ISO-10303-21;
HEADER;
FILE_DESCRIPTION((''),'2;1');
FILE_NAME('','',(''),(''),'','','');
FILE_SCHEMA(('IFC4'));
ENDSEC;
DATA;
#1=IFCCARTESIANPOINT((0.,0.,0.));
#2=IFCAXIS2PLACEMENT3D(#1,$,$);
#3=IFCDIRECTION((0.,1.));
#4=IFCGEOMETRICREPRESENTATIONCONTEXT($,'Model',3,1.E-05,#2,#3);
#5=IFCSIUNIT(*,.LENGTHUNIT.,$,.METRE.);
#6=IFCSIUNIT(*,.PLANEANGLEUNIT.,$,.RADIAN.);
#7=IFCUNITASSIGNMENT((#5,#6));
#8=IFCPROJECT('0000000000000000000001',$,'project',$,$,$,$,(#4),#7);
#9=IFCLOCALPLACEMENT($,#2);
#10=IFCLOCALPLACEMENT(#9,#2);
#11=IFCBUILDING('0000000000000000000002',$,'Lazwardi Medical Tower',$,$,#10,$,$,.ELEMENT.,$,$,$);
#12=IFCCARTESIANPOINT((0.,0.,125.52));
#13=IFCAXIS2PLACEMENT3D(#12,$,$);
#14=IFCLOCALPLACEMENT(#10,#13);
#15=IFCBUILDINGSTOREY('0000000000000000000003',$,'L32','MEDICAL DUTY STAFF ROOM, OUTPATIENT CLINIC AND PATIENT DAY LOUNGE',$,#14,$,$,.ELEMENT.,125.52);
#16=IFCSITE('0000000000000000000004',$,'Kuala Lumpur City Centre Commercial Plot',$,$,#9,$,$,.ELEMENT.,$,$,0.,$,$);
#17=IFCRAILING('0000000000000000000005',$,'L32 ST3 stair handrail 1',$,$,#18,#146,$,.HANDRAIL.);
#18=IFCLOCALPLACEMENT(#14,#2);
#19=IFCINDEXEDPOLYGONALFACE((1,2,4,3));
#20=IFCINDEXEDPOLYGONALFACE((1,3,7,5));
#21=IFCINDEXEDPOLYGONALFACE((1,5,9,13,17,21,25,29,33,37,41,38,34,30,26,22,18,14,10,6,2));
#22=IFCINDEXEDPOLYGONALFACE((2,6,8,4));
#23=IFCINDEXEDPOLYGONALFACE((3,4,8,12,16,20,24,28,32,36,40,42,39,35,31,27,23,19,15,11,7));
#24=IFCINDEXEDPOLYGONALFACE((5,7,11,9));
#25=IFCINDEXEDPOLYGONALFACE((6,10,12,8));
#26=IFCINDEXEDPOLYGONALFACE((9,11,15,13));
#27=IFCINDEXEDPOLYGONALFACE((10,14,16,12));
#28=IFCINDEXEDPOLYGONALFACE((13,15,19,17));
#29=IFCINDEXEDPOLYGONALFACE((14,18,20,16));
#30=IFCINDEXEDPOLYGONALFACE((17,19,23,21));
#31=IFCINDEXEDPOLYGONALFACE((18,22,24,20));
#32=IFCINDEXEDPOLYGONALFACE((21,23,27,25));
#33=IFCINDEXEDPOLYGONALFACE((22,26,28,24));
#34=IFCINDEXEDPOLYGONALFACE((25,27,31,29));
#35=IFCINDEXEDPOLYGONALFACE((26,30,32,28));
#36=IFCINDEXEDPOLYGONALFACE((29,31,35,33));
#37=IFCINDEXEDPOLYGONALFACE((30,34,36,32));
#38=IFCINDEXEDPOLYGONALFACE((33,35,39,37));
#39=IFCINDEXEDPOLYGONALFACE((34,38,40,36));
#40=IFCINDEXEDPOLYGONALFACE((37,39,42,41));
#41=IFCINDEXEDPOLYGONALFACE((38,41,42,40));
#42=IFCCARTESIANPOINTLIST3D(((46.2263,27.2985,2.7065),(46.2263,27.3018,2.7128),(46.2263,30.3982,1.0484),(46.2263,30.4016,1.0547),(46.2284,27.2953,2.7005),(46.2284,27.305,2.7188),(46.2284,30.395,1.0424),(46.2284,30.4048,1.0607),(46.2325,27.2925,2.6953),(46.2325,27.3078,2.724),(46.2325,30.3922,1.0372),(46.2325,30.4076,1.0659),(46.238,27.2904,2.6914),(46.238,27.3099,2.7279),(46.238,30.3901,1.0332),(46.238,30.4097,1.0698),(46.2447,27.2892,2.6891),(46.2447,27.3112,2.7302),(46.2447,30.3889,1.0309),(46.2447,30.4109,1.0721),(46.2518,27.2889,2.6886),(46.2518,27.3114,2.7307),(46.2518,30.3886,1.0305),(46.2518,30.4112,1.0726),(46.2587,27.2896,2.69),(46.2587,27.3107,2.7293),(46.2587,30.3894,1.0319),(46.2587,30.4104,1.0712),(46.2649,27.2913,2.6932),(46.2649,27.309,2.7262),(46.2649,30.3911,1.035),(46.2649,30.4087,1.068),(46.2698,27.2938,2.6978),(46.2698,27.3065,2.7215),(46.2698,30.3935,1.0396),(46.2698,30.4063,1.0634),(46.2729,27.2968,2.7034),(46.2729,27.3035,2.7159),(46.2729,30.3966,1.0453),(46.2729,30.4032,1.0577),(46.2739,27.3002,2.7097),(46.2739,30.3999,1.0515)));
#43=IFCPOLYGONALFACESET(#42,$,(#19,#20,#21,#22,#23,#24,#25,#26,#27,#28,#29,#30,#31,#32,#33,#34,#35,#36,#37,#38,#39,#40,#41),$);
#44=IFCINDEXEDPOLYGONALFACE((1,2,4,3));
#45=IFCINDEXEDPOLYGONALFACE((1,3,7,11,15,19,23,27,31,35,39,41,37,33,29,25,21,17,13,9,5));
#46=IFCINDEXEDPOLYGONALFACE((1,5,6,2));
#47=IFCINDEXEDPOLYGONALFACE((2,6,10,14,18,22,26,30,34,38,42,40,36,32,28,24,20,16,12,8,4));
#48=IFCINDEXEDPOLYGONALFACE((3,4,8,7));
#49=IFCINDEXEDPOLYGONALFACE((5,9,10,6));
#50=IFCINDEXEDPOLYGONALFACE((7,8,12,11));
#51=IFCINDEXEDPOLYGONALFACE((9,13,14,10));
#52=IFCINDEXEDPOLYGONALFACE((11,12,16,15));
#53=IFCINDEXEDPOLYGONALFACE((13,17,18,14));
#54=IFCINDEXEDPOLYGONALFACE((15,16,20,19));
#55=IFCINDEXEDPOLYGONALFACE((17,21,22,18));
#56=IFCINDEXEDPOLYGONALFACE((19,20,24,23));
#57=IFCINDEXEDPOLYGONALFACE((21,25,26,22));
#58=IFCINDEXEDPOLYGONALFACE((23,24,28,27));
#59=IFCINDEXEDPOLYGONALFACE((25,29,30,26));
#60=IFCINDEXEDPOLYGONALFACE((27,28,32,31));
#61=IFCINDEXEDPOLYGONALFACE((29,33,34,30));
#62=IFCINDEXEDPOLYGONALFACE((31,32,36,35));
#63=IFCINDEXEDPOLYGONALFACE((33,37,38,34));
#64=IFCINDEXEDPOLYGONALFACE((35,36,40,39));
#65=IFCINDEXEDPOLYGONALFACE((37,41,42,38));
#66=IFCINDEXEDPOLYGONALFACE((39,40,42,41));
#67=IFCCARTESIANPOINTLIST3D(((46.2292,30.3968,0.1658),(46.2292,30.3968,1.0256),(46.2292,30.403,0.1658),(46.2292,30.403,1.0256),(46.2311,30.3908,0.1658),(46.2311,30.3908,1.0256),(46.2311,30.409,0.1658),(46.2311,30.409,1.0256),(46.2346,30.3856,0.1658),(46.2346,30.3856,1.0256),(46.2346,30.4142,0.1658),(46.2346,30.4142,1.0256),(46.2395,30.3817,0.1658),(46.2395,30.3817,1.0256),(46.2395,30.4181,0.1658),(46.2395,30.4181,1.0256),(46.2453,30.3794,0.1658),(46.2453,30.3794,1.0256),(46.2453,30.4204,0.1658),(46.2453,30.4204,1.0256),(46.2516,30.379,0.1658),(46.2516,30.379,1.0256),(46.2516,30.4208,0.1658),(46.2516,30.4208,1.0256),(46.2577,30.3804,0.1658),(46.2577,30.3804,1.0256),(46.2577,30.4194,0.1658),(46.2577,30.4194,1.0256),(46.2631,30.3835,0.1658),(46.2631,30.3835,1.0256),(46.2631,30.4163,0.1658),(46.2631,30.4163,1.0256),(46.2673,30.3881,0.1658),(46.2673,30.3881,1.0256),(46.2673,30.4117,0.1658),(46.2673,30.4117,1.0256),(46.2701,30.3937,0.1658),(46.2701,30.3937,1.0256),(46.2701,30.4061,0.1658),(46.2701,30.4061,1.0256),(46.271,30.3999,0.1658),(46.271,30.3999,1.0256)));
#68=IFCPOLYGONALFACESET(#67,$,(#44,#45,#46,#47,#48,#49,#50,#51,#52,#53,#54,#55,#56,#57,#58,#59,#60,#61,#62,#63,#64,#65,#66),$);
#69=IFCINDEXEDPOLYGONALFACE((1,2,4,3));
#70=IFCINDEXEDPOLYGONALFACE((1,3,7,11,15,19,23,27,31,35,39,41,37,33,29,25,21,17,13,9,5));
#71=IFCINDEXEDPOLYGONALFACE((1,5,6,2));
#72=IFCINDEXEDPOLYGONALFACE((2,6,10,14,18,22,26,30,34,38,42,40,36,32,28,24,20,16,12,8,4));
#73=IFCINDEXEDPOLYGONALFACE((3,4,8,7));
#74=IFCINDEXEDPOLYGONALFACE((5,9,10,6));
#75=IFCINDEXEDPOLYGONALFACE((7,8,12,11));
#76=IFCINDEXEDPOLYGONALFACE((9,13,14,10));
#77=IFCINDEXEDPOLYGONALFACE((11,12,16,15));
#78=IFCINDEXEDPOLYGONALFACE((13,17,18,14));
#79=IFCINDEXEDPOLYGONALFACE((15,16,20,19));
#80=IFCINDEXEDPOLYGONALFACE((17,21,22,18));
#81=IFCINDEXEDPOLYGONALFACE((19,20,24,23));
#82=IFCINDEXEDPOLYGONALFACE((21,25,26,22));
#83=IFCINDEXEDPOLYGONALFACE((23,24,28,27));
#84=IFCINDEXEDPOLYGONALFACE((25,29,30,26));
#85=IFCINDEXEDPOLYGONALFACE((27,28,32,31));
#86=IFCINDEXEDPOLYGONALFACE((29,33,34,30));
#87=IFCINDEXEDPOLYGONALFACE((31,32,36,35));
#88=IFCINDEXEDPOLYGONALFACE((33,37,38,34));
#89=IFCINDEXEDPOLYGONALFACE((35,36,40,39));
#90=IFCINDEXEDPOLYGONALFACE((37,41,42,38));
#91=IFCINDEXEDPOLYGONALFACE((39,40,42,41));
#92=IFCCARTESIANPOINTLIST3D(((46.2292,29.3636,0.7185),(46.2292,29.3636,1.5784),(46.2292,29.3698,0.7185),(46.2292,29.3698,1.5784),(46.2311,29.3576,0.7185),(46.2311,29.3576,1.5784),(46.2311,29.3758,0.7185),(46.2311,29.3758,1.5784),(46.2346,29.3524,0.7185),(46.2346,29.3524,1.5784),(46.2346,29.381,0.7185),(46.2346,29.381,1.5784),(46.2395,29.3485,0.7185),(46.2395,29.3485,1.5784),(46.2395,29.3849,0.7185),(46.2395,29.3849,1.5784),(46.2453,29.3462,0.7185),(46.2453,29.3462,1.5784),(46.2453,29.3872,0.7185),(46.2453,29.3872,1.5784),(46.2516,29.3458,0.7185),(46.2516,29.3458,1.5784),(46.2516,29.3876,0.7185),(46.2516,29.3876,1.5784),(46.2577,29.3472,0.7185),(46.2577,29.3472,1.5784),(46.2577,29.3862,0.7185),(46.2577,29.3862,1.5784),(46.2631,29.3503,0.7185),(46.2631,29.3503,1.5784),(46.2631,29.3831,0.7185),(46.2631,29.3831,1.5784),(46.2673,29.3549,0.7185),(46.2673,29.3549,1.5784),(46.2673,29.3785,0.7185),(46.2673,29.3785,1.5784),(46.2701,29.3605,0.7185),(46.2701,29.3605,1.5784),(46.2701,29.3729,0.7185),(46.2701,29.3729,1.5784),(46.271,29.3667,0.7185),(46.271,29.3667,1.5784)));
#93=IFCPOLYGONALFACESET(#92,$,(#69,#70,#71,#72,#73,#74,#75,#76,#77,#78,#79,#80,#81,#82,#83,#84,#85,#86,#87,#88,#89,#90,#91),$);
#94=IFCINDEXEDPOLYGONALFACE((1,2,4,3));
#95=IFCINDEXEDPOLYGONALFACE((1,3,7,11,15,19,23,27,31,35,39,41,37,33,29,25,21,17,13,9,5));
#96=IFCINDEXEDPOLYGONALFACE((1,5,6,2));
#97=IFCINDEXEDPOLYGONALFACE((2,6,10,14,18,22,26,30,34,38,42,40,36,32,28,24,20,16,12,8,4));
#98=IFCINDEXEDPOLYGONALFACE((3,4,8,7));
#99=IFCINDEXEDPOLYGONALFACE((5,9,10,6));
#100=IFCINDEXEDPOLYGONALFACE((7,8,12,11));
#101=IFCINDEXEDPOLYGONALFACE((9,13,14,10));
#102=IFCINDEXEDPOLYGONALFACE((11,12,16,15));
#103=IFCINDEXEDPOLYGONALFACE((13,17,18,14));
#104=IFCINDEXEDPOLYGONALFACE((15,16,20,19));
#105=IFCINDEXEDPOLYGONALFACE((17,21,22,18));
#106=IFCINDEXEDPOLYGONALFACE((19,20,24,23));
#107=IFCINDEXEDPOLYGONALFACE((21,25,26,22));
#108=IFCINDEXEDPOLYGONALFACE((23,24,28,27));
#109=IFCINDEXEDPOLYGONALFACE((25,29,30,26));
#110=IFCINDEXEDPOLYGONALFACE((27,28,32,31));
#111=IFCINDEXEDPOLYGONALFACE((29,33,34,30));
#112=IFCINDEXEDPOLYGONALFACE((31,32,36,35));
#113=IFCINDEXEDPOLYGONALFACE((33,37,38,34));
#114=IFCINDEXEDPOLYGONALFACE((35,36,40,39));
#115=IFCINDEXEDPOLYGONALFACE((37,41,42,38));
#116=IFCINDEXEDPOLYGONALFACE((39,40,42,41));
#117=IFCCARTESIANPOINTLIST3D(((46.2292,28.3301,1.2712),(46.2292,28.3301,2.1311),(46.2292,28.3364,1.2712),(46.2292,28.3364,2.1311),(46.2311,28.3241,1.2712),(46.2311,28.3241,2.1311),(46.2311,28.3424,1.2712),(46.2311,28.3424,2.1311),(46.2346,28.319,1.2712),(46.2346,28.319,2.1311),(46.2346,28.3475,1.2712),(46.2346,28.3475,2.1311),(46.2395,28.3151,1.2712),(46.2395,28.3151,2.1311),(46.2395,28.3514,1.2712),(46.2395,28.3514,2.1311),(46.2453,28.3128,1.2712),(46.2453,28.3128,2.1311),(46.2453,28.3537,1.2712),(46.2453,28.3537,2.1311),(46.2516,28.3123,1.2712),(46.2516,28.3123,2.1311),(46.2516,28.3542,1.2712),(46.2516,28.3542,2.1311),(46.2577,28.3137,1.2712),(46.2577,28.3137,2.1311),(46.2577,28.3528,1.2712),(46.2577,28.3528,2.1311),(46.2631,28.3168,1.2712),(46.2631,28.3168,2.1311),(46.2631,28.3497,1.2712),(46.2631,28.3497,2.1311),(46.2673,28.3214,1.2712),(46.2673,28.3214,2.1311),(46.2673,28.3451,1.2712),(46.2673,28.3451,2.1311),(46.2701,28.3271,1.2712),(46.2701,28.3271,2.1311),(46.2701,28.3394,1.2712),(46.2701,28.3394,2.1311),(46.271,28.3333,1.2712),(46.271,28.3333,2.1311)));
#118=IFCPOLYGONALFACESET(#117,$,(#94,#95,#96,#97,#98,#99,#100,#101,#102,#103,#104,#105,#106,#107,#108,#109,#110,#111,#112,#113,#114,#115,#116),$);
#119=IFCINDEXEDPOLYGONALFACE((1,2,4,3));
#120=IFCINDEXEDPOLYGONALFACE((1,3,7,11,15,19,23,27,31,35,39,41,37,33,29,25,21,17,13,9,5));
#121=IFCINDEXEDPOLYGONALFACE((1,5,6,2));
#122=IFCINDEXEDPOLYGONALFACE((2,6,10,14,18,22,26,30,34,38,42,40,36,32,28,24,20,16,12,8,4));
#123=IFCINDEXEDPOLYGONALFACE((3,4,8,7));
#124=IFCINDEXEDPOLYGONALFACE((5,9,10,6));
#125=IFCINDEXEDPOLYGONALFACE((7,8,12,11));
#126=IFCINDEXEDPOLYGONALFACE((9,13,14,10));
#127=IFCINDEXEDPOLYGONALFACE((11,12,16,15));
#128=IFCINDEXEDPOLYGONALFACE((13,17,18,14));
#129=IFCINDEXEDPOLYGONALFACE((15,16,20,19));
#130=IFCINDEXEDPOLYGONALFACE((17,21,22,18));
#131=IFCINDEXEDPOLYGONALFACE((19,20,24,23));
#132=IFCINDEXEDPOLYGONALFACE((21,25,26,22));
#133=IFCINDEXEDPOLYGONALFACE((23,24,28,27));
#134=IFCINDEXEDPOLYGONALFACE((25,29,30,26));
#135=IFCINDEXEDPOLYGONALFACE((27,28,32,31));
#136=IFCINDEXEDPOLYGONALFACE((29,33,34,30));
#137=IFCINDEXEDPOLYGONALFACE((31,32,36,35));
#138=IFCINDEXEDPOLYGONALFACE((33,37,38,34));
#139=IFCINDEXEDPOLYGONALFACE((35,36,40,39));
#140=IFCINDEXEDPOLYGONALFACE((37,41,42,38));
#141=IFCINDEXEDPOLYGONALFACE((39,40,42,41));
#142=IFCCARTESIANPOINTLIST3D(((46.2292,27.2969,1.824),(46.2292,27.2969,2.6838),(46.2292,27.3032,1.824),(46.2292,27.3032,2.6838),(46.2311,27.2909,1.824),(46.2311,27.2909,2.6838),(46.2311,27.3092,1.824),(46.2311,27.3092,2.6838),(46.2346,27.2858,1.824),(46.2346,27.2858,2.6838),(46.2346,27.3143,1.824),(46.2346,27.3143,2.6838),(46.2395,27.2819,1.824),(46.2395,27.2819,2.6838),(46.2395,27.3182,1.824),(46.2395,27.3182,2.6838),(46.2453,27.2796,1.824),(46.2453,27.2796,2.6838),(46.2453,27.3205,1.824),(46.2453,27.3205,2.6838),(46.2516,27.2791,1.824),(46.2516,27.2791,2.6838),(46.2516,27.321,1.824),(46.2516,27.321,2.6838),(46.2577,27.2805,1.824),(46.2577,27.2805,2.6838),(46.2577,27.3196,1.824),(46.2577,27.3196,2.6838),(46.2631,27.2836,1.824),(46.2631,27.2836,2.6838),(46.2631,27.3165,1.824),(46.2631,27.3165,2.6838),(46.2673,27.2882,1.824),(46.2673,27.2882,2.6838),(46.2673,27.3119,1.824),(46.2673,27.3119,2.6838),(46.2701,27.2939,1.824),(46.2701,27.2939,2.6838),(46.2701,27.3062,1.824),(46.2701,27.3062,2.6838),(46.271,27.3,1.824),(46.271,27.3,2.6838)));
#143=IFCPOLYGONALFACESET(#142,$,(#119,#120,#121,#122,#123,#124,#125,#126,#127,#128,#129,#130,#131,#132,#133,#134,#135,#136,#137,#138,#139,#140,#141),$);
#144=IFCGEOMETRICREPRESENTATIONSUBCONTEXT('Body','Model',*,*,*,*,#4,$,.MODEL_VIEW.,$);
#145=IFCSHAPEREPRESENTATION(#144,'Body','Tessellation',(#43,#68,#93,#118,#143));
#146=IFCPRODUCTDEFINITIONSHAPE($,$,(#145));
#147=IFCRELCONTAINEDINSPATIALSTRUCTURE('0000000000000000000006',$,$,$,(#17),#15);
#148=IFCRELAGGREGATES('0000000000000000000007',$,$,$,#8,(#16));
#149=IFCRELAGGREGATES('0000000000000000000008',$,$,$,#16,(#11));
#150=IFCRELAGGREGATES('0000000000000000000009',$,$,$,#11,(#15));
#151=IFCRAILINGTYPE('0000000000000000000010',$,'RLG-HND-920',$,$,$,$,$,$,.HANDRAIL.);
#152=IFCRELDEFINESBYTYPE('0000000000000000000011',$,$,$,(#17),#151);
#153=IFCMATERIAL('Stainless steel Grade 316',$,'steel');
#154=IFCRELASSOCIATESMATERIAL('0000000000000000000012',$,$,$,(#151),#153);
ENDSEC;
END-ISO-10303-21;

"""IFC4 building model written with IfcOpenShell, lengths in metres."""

from ifc_helpers import new_model, si_unit, direction, frame, origin, origin_2d, place, context, subcontext, project, spatial, circle, extrude, material, type_object, element, save


model = new_model("IFC4")

# Units and contexts
model_context = context("Model", 3, precision=1e-05, world=origin(), true_north=direction((0.0, 1.0)))
body_context = subcontext(model_context, "Body", "Model", "MODEL_VIEW")
ifc_project = project(units=[si_unit("LENGTHUNIT", "METRE"), si_unit("PLANEANGLEUNIT", "RADIAN")], contexts=[model_context])

# Site, building, storey
site_placement = place(None, origin())
site = spatial("IfcSite", under=ifc_project, at=site_placement, Name="Kuala Lumpur City Centre Commercial Plot", CompositionType="ELEMENT", RefElevation=0.0)
building_placement = place(site_placement, origin())
building = spatial("IfcBuilding", under=site, at=building_placement, Name="Lazwardi Medical Tower", CompositionType="ELEMENT")
storey_placement = place(building_placement, frame((0.0, 0.0, 125.52)))
storey = spatial("IfcBuildingStorey", under=building, at=storey_placement, Name="L32", Description="MEDICAL DUTY STAFF ROOM, OUTPATIENT CLINIC AND PATIENT DAY LOUNGE", CompositionType="ELEMENT", Elevation=125.52)

# Railing
ifc_material_1 = material(Name="Stainless steel Grade 316", Category="steel")
railing_type_1 = type_object("IfcRailingType", Name="RLG-HND-920", PredefinedType="HANDRAIL", material=ifc_material_1)
railing_1_placement = place(storey_placement, frame((46.25, 30.3999, 0.1658)))
element("IfcRailing", 1, at=railing_1_placement, inside=storey, type_object=railing_type_1, Name="L32 ST3 stair handrail 1", PredefinedType="HANDRAIL", context=body_context, shape_type="SweptSolid", body=[
    extrude(circle(Radius=0.0239, at=origin_2d()), frame((0.0, 0.0, 0.8857), z_axis=(0.0, -0.881768, 0.471684), x_axis=(1.0, 0.0, 0.0)), (0.0, 0.0, 1.0), 3.5154),
    extrude(circle(Radius=0.021, at=origin_2d()), origin(), (0.0, 0.0, 1.0), 0.8599),
    extrude(circle(Radius=0.021, at=origin_2d()), frame((0.0, -1.0332, 0.5527)), (0.0, 0.0, 1.0), 0.8599),
    extrude(circle(Radius=0.021, at=origin_2d()), frame((0.0, -2.0667, 1.1055)), (0.0, 0.0, 1.0), 0.8599),
    extrude(circle(Radius=0.021, at=origin_2d()), frame((0.0, -3.0999, 1.6582)), (0.0, 0.0, 1.0), 0.8599),
])

save(model, "model.ifc")
